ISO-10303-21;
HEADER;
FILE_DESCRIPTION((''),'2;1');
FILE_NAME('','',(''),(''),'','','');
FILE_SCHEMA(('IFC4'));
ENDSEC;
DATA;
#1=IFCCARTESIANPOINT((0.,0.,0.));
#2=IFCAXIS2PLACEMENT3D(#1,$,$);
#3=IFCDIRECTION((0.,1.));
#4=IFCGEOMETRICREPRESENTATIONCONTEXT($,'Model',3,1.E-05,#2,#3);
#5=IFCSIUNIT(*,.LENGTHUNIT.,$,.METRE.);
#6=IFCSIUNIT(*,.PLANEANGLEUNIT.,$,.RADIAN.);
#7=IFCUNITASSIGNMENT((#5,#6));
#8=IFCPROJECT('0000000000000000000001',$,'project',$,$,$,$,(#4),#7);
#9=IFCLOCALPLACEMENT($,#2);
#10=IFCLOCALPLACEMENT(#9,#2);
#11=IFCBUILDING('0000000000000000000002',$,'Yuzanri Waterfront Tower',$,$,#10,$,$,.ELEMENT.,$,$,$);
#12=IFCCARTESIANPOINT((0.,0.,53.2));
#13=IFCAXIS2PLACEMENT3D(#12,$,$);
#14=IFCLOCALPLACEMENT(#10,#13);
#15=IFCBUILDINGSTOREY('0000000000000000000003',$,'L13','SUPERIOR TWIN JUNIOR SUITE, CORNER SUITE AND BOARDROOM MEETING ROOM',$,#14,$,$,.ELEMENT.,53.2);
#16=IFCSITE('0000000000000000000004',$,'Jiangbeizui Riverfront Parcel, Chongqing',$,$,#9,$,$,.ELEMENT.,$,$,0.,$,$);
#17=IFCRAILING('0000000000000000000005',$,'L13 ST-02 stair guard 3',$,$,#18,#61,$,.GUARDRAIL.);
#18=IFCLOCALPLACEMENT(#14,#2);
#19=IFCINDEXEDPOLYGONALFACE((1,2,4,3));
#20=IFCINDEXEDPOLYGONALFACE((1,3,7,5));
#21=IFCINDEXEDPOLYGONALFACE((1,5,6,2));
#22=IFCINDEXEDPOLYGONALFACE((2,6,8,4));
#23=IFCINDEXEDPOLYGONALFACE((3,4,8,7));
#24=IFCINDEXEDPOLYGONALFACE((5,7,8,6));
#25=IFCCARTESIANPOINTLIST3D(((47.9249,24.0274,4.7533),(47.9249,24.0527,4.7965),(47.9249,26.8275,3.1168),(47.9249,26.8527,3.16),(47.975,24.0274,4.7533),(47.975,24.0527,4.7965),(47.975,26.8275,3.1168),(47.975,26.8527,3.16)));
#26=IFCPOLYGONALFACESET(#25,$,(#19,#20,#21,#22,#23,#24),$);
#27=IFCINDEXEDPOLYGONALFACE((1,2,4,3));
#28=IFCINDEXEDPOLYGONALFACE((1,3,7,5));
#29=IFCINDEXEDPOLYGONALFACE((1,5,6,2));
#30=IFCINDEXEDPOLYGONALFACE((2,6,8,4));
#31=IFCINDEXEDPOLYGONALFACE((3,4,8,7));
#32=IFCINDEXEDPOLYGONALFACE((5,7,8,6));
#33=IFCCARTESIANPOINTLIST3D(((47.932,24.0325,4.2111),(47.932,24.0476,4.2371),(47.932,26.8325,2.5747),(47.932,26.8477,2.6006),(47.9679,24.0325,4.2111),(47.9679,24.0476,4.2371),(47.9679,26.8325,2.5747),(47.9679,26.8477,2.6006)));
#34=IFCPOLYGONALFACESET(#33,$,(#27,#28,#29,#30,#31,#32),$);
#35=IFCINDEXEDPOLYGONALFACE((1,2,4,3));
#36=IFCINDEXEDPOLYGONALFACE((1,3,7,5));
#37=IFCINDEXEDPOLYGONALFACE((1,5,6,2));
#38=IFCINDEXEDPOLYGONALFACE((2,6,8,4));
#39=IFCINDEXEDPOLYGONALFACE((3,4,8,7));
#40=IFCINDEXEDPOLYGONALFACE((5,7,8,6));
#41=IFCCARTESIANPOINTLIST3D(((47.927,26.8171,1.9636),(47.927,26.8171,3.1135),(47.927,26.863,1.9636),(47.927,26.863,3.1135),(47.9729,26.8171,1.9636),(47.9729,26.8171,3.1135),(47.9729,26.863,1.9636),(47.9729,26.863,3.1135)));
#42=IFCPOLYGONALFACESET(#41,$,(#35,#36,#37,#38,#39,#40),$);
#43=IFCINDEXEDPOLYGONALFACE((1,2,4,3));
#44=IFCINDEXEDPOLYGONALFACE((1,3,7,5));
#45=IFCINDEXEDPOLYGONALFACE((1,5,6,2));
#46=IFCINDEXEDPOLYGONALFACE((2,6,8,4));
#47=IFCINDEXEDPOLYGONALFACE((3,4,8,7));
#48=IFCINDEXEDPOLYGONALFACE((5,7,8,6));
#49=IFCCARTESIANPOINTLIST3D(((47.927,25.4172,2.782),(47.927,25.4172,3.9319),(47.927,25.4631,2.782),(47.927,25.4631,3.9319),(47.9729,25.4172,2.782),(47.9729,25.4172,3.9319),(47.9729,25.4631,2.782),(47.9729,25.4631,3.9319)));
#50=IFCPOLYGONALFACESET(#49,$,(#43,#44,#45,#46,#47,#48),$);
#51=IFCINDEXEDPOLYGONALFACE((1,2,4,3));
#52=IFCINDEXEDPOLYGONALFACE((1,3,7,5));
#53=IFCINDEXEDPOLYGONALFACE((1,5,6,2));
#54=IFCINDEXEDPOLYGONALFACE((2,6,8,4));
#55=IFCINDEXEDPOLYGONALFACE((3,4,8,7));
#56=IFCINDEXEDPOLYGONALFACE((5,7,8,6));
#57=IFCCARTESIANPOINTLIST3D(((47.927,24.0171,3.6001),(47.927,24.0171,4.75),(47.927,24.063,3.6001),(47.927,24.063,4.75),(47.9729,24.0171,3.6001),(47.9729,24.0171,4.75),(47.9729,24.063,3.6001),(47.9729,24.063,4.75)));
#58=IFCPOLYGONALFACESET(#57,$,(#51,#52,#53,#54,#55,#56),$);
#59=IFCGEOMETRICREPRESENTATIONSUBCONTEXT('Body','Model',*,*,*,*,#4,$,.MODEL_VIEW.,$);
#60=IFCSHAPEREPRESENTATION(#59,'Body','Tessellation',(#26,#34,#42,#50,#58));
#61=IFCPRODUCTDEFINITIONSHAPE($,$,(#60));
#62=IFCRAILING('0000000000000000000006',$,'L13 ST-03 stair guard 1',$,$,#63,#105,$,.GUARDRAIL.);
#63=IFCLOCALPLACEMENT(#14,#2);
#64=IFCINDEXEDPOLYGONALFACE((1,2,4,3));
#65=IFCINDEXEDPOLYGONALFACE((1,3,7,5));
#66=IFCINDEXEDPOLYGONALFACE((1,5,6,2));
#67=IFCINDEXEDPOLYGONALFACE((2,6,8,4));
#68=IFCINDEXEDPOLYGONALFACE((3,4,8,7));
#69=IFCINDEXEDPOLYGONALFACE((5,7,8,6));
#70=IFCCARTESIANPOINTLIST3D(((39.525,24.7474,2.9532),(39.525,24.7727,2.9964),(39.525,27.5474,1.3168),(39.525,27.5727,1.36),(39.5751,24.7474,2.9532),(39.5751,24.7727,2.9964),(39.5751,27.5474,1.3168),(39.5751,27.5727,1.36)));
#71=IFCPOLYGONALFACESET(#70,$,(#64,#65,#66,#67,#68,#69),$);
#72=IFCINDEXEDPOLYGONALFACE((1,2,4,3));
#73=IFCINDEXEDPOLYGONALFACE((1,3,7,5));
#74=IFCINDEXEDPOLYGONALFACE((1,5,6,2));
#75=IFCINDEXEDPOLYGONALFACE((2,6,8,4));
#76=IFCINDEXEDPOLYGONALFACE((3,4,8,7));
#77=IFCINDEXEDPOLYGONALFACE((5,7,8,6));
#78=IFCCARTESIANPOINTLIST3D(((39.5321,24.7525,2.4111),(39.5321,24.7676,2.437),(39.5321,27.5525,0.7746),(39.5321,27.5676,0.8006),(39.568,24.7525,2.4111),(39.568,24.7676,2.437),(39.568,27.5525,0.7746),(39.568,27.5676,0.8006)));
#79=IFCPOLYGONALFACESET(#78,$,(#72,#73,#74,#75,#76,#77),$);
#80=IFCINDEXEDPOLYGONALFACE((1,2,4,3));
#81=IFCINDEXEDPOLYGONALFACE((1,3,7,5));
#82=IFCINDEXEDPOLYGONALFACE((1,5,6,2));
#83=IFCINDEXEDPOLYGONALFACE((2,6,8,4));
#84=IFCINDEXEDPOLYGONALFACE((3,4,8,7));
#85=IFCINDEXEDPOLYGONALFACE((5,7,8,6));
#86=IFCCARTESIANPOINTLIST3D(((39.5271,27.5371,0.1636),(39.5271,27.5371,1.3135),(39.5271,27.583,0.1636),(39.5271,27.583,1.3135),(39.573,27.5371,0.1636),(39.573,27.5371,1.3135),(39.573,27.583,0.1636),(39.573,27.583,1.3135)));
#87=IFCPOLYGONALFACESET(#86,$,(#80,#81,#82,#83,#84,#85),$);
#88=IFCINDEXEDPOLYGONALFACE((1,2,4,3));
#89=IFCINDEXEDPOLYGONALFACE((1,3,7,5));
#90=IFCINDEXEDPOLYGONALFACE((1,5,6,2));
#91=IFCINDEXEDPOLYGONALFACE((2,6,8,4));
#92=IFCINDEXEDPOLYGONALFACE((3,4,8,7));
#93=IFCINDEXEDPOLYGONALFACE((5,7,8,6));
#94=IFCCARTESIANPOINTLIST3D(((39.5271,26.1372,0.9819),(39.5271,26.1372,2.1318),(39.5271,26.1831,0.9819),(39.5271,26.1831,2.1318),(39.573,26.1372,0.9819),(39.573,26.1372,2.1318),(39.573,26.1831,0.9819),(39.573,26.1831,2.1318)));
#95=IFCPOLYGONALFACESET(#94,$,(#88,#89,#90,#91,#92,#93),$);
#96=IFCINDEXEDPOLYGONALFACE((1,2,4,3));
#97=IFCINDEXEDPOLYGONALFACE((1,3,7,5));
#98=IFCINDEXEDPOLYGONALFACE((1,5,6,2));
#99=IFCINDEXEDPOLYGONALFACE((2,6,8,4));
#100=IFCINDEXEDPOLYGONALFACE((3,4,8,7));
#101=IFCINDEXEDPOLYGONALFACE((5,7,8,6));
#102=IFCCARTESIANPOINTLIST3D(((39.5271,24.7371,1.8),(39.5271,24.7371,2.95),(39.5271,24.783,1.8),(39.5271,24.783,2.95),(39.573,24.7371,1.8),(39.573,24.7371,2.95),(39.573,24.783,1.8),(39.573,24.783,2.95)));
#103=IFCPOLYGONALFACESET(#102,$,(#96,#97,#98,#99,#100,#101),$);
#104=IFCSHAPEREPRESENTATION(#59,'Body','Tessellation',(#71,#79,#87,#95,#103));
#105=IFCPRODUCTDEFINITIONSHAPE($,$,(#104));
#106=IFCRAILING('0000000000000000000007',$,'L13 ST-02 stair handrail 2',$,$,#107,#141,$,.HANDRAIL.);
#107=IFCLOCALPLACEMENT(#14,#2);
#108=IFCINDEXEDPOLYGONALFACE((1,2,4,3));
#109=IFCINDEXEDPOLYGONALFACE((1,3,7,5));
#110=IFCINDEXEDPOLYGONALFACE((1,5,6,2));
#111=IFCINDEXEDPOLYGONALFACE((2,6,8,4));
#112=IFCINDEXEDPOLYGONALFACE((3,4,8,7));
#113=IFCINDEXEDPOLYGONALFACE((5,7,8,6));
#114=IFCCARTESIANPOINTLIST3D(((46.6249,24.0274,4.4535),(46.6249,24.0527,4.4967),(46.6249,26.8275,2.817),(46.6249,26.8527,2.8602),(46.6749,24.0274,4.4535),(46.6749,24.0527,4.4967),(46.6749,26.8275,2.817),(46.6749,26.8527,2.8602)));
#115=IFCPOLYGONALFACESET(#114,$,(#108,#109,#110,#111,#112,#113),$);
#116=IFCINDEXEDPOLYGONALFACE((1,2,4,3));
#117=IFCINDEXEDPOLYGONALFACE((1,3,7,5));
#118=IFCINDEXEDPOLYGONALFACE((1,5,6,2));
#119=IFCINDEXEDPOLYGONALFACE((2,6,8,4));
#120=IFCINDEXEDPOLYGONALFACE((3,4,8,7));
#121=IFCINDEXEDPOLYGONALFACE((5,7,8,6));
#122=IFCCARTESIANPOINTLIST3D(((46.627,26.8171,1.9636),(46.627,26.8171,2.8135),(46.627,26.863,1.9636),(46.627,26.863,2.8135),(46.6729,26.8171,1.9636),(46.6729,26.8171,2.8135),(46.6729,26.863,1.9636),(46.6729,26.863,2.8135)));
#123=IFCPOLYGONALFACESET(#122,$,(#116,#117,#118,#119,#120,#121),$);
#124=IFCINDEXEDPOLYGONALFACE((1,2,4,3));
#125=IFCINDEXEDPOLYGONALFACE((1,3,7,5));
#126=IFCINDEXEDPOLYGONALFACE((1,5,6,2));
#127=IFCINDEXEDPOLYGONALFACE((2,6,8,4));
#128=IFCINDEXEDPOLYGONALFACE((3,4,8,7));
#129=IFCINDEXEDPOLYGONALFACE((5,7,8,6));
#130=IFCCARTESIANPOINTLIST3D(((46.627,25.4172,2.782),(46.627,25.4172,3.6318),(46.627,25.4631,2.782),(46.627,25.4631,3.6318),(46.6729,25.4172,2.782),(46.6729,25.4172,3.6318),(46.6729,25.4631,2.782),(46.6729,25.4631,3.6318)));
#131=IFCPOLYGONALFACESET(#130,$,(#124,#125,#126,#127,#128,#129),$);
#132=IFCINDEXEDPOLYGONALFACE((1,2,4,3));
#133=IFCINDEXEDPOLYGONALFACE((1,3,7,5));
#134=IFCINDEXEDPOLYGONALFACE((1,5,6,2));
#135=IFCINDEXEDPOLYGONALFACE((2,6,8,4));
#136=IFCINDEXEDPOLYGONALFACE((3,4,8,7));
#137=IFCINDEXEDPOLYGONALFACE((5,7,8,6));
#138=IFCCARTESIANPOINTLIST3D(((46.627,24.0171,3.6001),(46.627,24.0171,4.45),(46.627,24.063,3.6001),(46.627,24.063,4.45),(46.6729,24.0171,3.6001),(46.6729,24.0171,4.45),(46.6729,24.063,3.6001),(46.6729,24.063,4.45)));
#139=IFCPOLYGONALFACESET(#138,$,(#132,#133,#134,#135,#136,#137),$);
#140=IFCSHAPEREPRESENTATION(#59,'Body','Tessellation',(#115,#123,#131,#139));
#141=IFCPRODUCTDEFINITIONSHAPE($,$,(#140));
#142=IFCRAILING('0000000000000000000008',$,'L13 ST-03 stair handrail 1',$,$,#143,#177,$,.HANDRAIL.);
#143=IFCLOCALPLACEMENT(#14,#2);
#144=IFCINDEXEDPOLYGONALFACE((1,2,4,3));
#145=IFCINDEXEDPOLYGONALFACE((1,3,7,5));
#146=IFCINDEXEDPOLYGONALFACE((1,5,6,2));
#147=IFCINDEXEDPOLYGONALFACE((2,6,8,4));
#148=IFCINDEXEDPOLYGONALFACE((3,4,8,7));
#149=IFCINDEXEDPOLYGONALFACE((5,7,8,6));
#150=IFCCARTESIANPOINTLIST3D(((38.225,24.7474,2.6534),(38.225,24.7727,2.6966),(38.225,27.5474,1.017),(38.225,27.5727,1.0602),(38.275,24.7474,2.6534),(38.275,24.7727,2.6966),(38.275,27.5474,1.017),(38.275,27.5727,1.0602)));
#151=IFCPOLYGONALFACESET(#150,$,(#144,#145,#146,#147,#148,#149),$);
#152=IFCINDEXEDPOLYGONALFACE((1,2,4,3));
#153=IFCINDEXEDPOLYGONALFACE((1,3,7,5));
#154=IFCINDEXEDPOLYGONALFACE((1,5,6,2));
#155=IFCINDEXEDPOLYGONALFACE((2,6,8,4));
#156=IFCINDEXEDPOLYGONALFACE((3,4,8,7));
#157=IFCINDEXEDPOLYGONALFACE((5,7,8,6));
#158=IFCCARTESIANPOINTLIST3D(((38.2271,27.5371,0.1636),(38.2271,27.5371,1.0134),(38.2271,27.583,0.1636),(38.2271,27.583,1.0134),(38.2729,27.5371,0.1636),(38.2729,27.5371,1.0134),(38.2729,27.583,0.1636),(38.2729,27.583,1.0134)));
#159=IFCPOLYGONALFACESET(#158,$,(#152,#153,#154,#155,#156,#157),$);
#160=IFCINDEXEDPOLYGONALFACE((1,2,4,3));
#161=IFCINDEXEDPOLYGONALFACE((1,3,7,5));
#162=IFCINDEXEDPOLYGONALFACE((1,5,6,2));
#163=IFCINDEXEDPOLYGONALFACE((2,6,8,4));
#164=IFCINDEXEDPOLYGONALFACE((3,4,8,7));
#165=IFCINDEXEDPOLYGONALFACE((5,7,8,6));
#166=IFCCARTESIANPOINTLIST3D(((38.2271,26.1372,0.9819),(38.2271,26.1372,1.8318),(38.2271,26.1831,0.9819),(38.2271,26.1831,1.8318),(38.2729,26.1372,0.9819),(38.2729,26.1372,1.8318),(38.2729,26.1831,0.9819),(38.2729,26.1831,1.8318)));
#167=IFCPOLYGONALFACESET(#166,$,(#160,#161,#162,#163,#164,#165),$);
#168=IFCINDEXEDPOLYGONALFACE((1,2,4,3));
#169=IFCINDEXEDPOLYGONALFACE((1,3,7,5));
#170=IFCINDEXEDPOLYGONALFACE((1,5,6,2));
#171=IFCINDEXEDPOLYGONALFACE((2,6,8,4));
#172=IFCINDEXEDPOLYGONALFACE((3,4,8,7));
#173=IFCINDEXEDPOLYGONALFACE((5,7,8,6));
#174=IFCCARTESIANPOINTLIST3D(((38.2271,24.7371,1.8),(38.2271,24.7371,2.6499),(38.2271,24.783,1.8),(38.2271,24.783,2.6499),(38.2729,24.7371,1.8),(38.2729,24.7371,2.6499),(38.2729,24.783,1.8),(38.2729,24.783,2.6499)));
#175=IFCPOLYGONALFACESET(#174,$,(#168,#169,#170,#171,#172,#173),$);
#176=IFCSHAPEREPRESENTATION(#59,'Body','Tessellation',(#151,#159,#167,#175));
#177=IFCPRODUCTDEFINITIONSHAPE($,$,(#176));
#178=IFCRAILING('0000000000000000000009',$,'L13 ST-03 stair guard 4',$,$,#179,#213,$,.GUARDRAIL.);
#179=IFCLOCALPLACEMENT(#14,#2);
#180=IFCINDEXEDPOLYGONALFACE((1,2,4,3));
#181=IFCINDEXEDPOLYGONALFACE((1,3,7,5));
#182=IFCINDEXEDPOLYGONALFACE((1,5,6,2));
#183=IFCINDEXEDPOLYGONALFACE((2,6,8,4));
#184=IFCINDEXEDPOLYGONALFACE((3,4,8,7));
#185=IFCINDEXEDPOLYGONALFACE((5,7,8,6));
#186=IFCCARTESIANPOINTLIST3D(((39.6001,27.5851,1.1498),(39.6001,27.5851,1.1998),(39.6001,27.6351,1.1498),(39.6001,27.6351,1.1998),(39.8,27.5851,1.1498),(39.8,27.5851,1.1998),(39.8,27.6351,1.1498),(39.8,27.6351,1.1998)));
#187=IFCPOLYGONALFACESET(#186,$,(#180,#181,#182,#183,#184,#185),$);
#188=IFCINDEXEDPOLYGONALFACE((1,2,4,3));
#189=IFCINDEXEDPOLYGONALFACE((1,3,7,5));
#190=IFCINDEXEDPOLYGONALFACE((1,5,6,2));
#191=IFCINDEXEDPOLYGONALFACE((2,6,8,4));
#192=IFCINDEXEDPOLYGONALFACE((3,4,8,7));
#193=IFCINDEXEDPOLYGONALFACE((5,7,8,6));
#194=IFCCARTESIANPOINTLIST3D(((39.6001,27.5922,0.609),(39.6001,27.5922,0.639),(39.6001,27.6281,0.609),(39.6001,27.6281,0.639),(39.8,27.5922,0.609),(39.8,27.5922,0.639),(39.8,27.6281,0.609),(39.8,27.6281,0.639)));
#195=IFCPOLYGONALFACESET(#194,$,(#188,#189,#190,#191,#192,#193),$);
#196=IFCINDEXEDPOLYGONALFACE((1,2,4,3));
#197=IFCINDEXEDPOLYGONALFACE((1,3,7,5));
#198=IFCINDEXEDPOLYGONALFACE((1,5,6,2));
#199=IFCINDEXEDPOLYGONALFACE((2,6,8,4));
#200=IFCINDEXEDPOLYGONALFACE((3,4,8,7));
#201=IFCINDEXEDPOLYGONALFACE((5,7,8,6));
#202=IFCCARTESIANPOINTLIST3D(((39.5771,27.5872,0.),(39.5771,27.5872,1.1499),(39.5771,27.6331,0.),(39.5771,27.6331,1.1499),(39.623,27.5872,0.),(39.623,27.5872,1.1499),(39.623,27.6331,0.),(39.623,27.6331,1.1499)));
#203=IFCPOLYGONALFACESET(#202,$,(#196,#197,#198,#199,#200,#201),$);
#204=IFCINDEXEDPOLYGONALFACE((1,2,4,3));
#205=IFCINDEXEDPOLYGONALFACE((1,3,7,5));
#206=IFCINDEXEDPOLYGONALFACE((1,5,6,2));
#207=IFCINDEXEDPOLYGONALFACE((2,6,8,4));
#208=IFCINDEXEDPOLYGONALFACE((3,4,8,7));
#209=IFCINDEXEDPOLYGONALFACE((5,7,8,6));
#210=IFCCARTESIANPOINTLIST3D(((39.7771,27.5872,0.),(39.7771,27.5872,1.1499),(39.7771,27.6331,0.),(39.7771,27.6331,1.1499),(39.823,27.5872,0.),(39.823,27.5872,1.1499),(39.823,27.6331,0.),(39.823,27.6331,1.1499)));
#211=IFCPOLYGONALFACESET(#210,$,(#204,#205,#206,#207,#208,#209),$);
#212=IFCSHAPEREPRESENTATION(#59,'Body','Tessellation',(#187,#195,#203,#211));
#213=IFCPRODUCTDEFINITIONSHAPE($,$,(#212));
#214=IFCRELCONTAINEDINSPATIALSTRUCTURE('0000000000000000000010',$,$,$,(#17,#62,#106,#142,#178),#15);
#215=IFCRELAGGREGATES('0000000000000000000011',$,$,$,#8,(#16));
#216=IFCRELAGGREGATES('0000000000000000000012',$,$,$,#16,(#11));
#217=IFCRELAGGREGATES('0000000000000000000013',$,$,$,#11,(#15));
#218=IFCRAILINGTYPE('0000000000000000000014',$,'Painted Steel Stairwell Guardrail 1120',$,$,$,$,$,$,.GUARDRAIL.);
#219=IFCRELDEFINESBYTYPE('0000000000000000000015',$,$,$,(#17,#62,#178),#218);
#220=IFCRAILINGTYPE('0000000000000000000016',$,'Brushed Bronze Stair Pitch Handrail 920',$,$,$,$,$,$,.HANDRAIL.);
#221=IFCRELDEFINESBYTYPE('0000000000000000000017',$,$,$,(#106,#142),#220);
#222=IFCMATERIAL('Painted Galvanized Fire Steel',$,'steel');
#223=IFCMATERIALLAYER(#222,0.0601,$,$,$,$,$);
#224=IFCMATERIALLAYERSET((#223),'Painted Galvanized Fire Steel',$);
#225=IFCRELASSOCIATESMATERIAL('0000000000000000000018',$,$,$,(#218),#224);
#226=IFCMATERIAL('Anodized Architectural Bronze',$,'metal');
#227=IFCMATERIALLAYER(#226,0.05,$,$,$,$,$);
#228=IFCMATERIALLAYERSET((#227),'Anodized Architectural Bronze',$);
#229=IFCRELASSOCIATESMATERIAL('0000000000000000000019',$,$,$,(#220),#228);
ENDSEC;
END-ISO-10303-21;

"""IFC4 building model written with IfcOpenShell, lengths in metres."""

from ifc_helpers import new_model, si_unit, direction, frame, origin, origin_2d, place, context, subcontext, project, spatial, rectangle, extrude, source, transform, mapped, material, layer, layer_set, type_object, element, save


model = new_model("IFC4")

# Units and contexts
model_context = context("Model", 3, precision=1e-05, world=origin(), true_north=direction((0.0, 1.0)))
body_context = subcontext(model_context, "Body", "Model", "MODEL_VIEW")
ifc_project = project(units=[si_unit("LENGTHUNIT", "METRE"), si_unit("PLANEANGLEUNIT", "RADIAN")], contexts=[model_context])

# Site, building, storey
site_placement = place(None, origin())
site = spatial("IfcSite", under=ifc_project, at=site_placement, Name="Jiangbeizui Riverfront Parcel, Chongqing", CompositionType="ELEMENT", RefElevation=0.0)
building_placement = place(site_placement, origin())
building = spatial("IfcBuilding", under=site, at=building_placement, Name="Yuzanri Waterfront Tower", CompositionType="ELEMENT")
storey_placement = place(building_placement, frame((0.0, 0.0, 53.2)))
storey = spatial("IfcBuildingStorey", under=building, at=storey_placement, Name="L13", Description="SUPERIOR TWIN JUNIOR SUITE, CORNER SUITE AND BOARDROOM MEETING ROOM", CompositionType="ELEMENT", Elevation=53.2)

# Railings
ifc_material_1 = material(Name="Painted Galvanized Fire Steel", Category="steel")
ifc_layer_1 = layer(ifc_material_1, 0.0601)
ifc_layer_set_1 = layer_set([ifc_layer_1], Name="Painted Galvanized Fire Steel")
railing_type_1 = type_object("IfcRailingType", Name="Painted Steel Stairwell Guardrail 1120", PredefinedType="GUARDRAIL", material=ifc_layer_set_1)
shared_shape_1 = source(origin(), body_context, "Body", "SweptSolid", [
    extrude(rectangle(XDim=0.05, YDim=0.05, at=origin_2d()), frame((0.0, 0.0, 1.1748), z_axis=(0.0, -0.863361, 0.504587), x_axis=(1.0, 0.0, 0.0)), (0.0, 0.0, 1.0), 3.2432),
    extrude(rectangle(XDim=0.0359, YDim=0.03, at=origin_2d()), frame((0.0, 0.0, 0.624), z_axis=(0.0, -0.863361, 0.504587), x_axis=(1.0, 0.0, 0.0)), (0.0, 0.0, 1.0), 3.2432),
    extrude(rectangle(XDim=0.0459, YDim=0.0459, at=origin_2d()), origin(), (0.0, 0.0, 1.0), 1.1499),
    extrude(rectangle(XDim=0.0459, YDim=0.0459, at=origin_2d()), frame((0.0, -1.3999, 0.8184)), (0.0, 0.0, 1.0), 1.1499),
    extrude(rectangle(XDim=0.0459, YDim=0.0459, at=origin_2d()), frame((0.0, -2.8, 1.6365)), (0.0, 0.0, 1.0), 1.1499),
])
for number, where, name in (
    (1, (47.95, 26.8401, 1.9636), "L13 ST-02 stair guard 3"),
    (2, (39.55, 27.5601, 0.1636), "L13 ST-03 stair guard 1"),
):
    element("IfcRailing", number, at=place(storey_placement, frame(where)), inside=storey, type_object=railing_type_1, Name=name, PredefinedType="GUARDRAIL", context=body_context, shape_type="MappedRepresentation", body=[
        mapped(shared_shape_1, transform((0.0, 0.0, 0.0), scale=1.0)),
    ])
ifc_material_2 = material(Name="Anodized Architectural Bronze", Category="metal")
ifc_layer_2 = layer(ifc_material_2, 0.05)
ifc_layer_set_2 = layer_set([ifc_layer_2], Name="Anodized Architectural Bronze")
railing_type_2 = type_object("IfcRailingType", Name="Brushed Bronze Stair Pitch Handrail 920", PredefinedType="HANDRAIL", material=ifc_layer_set_2)
shared_shape_2 = source(origin(), body_context, "Body", "SweptSolid", [
    extrude(rectangle(XDim=0.05, YDim=0.05, at=origin_2d()), frame((0.0, 0.0, 0.875), z_axis=(0.0, -0.863361, 0.504587), x_axis=(1.0, 0.0, 0.0)), (0.0, 0.0, 1.0), 3.2432),
    extrude(rectangle(XDim=0.0459, YDim=0.0459, at=origin_2d()), origin(), (0.0, 0.0, 1.0), 0.8499),
    extrude(rectangle(XDim=0.0459, YDim=0.0459, at=origin_2d()), frame((0.0, -1.3999, 0.8184)), (0.0, 0.0, 1.0), 0.8499),
    extrude(rectangle(XDim=0.0459, YDim=0.0459, at=origin_2d()), frame((0.0, -2.8, 1.6365)), (0.0, 0.0, 1.0), 0.8499),
])
for number, where, name in (
    (3, (46.6499, 26.8401, 1.9636), "L13 ST-02 stair handrail 2"),
    (4, (38.25, 27.5601, 0.1636), "L13 ST-03 stair handrail 1"),
):
    element("IfcRailing", number, at=place(storey_placement, frame(where)), inside=storey, type_object=railing_type_2, Name=name, PredefinedType="HANDRAIL", context=body_context, shape_type="MappedRepresentation", body=[
        mapped(shared_shape_2, transform((0.0, 0.0, 0.0), scale=1.0)),
    ])
shared_shape_3 = source(origin(), body_context, "Body", "SweptSolid", [
    extrude(rectangle(XDim=0.05, YDim=0.05, at=origin_2d()), frame((0.0, 0.0, 1.1748), z_axis=(1.0, 0.0, 0.0), x_axis=(0.0, 1.0, 0.0)), (0.0, 0.0, 1.0), 0.2),
    extrude(rectangle(XDim=0.0359, YDim=0.03, at=origin_2d()), frame((0.0, 0.0, 0.624), z_axis=(1.0, 0.0, 0.0), x_axis=(0.0, 1.0, 0.0)), (0.0, 0.0, 1.0), 0.2),
    extrude(rectangle(XDim=0.0459, YDim=0.0459, at=origin_2d()), origin(), (0.0, 0.0, 1.0), 1.1499),
    extrude(rectangle(XDim=0.0459, YDim=0.0459, at=origin_2d()), frame((0.2, 0.0, 0.0)), (0.0, 0.0, 1.0), 1.1499),
])
railing_1_placement = place(storey_placement, frame((39.6001, 27.6101, 0.0)))
element("IfcRailing", 5, at=railing_1_placement, inside=storey, type_object=railing_type_1, Name="L13 ST-03 stair guard 4", PredefinedType="GUARDRAIL", context=body_context, shape_type="MappedRepresentation", body=[
    mapped(shared_shape_3, transform((0.0, 0.0, 0.0), scale=1.0)),
])

save(model, "model.ifc")
